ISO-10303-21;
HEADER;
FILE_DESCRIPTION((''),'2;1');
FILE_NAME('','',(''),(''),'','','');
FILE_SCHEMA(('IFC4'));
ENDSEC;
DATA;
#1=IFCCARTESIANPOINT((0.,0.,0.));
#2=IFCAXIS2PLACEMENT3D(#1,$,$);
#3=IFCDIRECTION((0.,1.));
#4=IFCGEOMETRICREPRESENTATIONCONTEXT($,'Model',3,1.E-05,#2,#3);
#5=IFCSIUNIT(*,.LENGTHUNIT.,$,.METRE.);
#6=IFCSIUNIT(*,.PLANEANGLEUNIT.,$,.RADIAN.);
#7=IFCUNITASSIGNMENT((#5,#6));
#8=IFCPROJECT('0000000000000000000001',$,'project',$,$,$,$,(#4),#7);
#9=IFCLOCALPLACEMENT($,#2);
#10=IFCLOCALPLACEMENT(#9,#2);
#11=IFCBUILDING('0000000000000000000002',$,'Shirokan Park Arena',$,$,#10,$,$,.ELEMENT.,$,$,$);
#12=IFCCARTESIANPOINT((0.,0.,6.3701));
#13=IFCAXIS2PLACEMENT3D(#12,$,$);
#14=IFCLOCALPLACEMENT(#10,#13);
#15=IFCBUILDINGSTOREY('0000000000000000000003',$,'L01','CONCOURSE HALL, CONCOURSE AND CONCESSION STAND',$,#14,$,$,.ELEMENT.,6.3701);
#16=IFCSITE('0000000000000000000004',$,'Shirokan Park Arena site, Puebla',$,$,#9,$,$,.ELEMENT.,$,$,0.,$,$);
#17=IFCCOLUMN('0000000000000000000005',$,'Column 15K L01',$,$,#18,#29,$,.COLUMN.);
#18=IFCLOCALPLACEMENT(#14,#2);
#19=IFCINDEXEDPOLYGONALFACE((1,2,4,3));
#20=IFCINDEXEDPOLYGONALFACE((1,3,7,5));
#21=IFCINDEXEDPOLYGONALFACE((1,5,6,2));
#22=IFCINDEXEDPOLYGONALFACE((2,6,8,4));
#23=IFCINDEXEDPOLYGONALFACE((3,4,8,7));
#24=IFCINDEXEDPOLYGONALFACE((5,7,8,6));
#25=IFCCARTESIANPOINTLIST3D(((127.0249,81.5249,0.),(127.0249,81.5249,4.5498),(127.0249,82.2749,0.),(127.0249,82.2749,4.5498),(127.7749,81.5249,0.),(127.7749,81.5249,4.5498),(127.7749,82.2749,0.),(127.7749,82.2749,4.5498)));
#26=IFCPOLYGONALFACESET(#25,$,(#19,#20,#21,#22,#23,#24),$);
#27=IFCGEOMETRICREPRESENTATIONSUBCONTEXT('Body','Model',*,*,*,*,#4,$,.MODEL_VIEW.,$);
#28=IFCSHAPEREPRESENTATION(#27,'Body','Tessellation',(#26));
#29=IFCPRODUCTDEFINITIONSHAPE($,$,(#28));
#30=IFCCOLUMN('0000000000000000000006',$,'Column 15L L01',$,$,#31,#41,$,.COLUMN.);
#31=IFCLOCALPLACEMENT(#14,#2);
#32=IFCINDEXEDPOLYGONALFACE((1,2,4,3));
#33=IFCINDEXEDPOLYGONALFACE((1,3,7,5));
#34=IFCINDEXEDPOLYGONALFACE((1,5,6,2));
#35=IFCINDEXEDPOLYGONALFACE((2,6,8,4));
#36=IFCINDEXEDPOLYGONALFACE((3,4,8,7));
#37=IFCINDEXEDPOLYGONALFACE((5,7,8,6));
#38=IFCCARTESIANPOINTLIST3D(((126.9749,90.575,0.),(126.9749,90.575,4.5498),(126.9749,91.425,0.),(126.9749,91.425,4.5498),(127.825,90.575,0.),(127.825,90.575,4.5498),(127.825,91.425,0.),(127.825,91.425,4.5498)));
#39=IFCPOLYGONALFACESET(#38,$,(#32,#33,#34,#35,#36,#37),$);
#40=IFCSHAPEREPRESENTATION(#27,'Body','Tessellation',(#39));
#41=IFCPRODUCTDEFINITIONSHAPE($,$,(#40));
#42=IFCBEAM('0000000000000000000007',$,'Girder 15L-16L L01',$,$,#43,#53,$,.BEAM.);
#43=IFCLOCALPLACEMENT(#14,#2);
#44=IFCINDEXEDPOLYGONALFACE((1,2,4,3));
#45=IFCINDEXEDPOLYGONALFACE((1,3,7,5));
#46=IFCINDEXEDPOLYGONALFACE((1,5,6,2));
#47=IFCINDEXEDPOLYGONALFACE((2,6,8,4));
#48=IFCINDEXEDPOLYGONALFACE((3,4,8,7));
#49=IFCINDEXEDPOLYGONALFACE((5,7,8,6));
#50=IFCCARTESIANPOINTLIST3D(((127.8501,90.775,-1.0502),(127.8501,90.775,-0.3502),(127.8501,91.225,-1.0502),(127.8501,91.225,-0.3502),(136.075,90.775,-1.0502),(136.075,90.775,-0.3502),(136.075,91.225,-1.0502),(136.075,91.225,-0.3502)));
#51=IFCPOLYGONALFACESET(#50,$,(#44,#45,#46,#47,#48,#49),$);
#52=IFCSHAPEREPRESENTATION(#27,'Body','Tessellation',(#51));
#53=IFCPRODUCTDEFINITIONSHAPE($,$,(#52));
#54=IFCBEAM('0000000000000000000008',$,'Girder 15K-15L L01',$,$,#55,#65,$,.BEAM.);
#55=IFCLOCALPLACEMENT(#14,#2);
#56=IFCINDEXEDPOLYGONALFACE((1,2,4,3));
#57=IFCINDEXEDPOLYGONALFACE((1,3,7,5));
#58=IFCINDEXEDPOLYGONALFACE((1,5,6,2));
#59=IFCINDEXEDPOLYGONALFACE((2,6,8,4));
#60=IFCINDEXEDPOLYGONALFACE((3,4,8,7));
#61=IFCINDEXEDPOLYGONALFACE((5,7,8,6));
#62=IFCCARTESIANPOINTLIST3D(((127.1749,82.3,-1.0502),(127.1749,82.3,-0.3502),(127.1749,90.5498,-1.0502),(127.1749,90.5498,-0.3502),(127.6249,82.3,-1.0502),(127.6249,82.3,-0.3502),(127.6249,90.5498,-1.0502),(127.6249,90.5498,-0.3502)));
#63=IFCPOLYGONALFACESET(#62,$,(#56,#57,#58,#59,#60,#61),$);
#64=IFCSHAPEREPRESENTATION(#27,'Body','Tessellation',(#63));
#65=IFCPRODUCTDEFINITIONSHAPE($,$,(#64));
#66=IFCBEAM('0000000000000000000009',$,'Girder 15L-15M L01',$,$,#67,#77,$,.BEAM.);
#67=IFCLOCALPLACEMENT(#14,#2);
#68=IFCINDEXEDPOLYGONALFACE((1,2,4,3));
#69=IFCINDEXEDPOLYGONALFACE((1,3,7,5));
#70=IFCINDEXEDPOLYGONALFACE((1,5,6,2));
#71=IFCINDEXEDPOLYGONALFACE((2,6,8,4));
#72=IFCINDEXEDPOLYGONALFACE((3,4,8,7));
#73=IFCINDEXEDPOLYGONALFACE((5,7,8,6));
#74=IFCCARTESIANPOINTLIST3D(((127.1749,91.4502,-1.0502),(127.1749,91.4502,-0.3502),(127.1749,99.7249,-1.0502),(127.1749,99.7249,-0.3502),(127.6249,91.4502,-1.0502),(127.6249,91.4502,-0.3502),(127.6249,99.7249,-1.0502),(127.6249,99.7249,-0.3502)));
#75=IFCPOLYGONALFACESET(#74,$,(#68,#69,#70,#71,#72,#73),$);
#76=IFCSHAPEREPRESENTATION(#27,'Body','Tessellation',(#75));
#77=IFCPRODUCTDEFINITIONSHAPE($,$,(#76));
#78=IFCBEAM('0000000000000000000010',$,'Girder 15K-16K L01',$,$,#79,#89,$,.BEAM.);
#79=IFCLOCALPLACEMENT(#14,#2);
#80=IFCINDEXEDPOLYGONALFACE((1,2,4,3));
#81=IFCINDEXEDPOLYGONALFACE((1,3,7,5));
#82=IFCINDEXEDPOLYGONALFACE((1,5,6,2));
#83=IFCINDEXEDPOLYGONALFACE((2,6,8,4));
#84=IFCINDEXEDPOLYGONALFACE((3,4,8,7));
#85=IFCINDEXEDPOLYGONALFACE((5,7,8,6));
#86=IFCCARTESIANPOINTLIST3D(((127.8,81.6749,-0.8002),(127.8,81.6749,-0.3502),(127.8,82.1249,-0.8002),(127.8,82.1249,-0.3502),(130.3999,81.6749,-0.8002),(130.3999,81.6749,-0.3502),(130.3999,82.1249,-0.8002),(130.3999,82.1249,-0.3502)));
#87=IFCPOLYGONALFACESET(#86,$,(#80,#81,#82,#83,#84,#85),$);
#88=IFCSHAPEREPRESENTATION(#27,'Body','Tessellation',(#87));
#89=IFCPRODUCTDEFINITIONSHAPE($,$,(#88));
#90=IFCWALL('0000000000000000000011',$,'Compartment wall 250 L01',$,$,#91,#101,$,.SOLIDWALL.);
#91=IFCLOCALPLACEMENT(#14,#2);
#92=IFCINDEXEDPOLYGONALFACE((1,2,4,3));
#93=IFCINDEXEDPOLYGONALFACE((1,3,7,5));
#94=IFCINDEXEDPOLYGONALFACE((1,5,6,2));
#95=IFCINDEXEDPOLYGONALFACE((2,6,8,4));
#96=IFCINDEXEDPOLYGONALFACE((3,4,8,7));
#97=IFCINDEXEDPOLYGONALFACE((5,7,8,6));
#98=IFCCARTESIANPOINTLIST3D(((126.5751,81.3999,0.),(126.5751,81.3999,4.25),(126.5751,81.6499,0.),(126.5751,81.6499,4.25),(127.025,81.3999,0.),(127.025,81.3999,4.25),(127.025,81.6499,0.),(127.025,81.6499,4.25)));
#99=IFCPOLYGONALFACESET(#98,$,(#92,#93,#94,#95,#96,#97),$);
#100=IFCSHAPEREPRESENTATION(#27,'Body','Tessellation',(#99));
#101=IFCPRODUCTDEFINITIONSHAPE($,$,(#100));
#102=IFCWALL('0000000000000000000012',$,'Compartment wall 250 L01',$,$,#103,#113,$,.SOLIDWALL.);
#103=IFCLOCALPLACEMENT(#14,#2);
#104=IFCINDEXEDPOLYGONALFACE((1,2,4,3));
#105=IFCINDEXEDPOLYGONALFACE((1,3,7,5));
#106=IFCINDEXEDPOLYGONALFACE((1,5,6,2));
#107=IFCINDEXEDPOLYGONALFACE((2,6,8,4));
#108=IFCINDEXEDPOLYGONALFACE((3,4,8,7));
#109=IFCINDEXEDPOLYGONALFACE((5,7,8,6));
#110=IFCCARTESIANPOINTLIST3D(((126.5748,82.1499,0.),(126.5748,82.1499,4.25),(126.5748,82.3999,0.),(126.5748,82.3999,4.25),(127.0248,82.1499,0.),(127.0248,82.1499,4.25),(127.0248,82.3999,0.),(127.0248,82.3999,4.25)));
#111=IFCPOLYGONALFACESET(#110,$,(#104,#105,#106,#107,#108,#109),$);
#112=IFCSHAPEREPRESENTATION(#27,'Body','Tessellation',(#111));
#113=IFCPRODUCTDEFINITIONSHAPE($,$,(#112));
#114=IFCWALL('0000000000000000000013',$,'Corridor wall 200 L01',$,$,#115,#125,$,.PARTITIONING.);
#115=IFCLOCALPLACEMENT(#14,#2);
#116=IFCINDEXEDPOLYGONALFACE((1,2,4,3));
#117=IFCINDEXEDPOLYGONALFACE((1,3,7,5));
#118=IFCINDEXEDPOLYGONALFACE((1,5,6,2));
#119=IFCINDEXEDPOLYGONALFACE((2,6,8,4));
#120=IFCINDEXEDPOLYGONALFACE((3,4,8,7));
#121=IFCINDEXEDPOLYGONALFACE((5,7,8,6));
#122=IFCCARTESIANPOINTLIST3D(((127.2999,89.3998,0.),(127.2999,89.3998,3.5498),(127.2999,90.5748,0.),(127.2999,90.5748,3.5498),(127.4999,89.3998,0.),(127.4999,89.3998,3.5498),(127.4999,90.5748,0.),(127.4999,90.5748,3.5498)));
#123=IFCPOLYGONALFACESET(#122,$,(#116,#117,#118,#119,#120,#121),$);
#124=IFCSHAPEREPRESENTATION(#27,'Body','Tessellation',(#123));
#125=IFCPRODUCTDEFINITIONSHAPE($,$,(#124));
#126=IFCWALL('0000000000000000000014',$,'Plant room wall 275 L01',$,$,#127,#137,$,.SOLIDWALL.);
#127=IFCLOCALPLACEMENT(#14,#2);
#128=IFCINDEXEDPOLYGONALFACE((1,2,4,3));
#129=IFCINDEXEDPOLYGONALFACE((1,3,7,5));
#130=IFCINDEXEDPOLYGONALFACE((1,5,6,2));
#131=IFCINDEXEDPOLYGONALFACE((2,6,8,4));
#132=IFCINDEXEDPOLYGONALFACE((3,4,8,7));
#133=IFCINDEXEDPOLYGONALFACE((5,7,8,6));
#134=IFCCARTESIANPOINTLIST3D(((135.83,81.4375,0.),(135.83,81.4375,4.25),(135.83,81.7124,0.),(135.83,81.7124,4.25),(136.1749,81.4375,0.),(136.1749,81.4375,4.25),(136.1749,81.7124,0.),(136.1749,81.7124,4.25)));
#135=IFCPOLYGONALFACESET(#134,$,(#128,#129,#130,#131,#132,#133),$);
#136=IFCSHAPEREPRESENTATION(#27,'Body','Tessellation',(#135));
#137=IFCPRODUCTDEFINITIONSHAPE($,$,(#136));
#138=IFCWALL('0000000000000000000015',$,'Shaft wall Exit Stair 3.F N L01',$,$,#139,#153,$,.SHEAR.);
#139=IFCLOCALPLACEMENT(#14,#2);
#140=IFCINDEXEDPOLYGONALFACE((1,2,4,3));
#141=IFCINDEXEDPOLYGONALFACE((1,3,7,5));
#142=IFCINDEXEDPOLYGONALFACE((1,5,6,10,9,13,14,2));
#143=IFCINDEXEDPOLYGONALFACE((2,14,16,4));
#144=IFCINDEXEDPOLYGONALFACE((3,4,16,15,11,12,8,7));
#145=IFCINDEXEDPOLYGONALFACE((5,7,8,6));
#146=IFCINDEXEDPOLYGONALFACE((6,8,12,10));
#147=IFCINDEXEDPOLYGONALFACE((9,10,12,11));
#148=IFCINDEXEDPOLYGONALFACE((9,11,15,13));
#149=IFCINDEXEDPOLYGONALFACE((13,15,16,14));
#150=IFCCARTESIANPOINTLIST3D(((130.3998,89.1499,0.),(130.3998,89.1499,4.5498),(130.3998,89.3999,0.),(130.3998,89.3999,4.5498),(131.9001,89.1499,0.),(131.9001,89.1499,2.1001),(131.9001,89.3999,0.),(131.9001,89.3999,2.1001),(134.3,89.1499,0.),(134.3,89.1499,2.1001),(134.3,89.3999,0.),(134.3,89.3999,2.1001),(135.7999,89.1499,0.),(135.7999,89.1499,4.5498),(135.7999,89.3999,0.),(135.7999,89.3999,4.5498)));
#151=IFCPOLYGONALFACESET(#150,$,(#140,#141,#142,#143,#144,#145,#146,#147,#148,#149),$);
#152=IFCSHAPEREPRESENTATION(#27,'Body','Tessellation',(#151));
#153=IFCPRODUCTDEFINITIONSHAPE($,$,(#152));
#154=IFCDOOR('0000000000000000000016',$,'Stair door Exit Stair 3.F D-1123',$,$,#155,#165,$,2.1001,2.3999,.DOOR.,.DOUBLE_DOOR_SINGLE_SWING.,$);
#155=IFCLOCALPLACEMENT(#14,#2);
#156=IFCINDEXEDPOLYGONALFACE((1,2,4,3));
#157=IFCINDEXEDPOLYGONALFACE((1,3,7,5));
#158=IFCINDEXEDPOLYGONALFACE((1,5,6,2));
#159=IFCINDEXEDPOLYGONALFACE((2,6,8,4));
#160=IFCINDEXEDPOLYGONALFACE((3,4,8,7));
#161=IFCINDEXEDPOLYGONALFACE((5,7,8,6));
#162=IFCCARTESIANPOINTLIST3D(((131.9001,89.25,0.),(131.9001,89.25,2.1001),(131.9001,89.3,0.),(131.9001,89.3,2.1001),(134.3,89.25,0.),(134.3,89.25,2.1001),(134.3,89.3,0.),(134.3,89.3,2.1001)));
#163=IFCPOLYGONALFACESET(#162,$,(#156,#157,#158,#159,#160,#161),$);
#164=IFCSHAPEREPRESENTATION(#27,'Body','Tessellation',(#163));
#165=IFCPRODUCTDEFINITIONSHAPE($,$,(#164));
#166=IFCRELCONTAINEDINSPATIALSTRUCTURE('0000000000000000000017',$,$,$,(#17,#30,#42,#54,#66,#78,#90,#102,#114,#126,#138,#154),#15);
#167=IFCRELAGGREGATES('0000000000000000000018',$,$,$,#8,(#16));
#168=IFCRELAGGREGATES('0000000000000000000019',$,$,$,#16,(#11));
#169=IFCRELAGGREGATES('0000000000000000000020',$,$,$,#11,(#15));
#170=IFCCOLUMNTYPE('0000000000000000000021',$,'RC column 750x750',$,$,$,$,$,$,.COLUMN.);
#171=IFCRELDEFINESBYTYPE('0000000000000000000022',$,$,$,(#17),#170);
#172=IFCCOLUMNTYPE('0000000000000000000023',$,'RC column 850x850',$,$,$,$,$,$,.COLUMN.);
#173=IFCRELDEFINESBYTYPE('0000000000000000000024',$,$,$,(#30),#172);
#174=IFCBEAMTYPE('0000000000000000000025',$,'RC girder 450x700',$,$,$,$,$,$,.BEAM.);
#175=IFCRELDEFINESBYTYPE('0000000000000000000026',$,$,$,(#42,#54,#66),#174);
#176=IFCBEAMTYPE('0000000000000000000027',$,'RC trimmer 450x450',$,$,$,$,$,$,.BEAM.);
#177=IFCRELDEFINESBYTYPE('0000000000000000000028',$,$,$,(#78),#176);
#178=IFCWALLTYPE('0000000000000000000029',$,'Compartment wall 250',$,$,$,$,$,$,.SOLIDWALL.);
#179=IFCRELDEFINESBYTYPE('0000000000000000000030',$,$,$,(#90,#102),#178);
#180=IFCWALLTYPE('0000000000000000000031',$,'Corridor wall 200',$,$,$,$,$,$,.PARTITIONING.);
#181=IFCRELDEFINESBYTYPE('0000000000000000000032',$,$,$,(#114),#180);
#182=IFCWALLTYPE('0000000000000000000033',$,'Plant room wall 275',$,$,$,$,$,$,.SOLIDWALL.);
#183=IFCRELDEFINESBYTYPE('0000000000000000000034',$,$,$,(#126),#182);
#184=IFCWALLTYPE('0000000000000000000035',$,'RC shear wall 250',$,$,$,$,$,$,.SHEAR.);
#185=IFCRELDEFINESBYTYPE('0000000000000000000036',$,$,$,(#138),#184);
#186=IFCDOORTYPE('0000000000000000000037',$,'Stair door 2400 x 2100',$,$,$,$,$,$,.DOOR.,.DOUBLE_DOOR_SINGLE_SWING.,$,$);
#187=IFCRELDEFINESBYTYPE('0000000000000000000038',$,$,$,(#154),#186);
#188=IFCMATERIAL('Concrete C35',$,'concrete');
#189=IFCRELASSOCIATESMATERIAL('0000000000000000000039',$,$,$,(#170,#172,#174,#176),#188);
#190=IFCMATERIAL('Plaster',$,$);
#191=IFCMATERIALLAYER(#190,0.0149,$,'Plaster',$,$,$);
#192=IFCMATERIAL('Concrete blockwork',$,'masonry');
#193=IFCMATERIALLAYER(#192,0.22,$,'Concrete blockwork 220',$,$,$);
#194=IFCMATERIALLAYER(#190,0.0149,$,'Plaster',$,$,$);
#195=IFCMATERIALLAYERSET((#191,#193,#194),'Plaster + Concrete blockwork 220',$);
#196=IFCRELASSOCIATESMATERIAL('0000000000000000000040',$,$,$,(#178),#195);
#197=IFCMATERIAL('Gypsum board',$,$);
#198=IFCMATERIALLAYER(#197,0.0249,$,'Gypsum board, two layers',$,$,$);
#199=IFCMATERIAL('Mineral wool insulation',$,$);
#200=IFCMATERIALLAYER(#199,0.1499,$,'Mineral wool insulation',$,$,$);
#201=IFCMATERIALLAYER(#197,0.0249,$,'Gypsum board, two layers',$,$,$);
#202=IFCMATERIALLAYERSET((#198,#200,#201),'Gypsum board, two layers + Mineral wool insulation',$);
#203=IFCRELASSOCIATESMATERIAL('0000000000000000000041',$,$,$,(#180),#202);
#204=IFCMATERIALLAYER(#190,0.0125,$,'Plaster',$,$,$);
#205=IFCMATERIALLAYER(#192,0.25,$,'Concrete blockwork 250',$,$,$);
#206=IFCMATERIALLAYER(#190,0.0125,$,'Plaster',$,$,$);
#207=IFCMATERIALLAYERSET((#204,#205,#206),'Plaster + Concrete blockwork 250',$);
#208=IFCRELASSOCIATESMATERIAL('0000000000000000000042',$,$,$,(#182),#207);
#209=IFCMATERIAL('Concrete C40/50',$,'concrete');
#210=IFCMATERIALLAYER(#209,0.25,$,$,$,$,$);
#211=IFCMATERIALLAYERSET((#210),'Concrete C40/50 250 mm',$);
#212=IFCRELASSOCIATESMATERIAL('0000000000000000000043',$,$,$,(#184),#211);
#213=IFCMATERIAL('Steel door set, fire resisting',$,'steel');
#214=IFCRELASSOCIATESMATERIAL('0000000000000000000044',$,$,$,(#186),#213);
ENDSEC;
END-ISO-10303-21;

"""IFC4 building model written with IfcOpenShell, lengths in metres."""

from ifc_helpers import new_model, si_unit, direction, frame, frame_2d, origin, origin_2d, place, context, subcontext, project, spatial, rectangle, extrude, material, layer, layer_set, material_profile, profile_set, type_object, element, fill, save


model = new_model("IFC4")

# Units and contexts
model_context = context("Model", 3, precision=1e-05, world=origin(), true_north=direction((0.0, 1.0)))
body_context = subcontext(model_context, "Body", "Model", "MODEL_VIEW")
ifc_project = project(units=[si_unit("LENGTHUNIT", "METRE"), si_unit("PLANEANGLEUNIT", "RADIAN")], contexts=[model_context])

# Site, building, storey
site_placement = place(None, origin())
site = spatial("IfcSite", under=ifc_project, at=site_placement, Name="Shirokan Park Arena site, Puebla", CompositionType="ELEMENT", RefElevation=0.0)
building_placement = place(site_placement, origin())
building = spatial("IfcBuilding", under=site, at=building_placement, Name="Shirokan Park Arena", CompositionType="ELEMENT")
storey_placement = place(building_placement, frame((0.0, 0.0, 6.3701)))
storey = spatial("IfcBuildingStorey", under=building, at=storey_placement, Name="L01", Description="CONCOURSE HALL, CONCOURSE AND CONCESSION STAND", CompositionType="ELEMENT", Elevation=6.3701)

# Columns
ifc_material_1 = material(Name="Concrete C35", Category="concrete")
ifc_material_profile_1 = material_profile(ifc_material_1, rectangle(XDim=0.75, YDim=0.75, at=origin_2d()), Name="750x750")
ifc_profile_set_1 = profile_set([ifc_material_profile_1], Name="Concrete C35")
column_type_1 = type_object("IfcColumnType", Name="RC column 750x750", PredefinedType="COLUMN", material=ifc_profile_set_1)
column_1_placement = place(storey_placement, frame((127.3999, 81.8999, 0.0), z_axis=(0.0, 0.0, 1.0), x_axis=(1.0, 0.0, 0.0)))
element("IfcColumn", 1, at=column_1_placement, inside=storey, type_object=column_type_1, Name="Column 15K L01", PredefinedType="COLUMN", context=body_context, shape_type="SweptSolid", body=[
    extrude(rectangle(XDim=0.75, YDim=0.75, at=origin_2d()), origin(), (0.0, 0.0, 1.0), 4.5498),
])
ifc_material_profile_2 = material_profile(ifc_material_1, rectangle(XDim=0.8501, YDim=0.8501, at=origin_2d()), Name="850x850")
ifc_profile_set_2 = profile_set([ifc_material_profile_2], Name="Concrete C35")
column_type_2 = type_object("IfcColumnType", Name="RC column 850x850", PredefinedType="COLUMN", material=ifc_profile_set_2)
column_2_placement = place(storey_placement, frame((127.3999, 91.0, 0.0), z_axis=(0.0, 0.0, 1.0), x_axis=(1.0, 0.0, 0.0)))
element("IfcColumn", 2, at=column_2_placement, inside=storey, type_object=column_type_2, Name="Column 15L L01", PredefinedType="COLUMN", context=body_context, shape_type="SweptSolid", body=[
    extrude(rectangle(XDim=0.8501, YDim=0.8501, at=origin_2d()), origin(), (0.0, 0.0, 1.0), 4.5498),
])

# Beams
ifc_material_profile_3 = material_profile(ifc_material_1, rectangle(XDim=0.45, YDim=0.7, at=origin_2d()), Name="450x700")
ifc_profile_set_3 = profile_set([ifc_material_profile_3], Name="Concrete C35")
beam_type_1 = type_object("IfcBeamType", Name="RC girder 450x700", PredefinedType="BEAM", material=ifc_profile_set_3)
beam_1_placement = place(storey_placement, frame((127.8501, 91.0, -0.7002), z_axis=(1.0, 0.0, 0.0), x_axis=(0.0, 1.0, 0.0)))
element("IfcBeam", 3, at=beam_1_placement, inside=storey, type_object=beam_type_1, Name="Girder 15L-16L L01", PredefinedType="BEAM", context=body_context, shape_type="SweptSolid", body=[
    extrude(rectangle(XDim=0.45, YDim=0.7, at=origin_2d()), origin(), (0.0, 0.0, 1.0), 8.2249),
])
beam_2_placement = place(storey_placement, frame((127.3999, 82.3, -0.7002), z_axis=(0.0, 1.0, 0.0), x_axis=(-1.0, 0.0, 0.0)))
element("IfcBeam", 4, at=beam_2_placement, inside=storey, type_object=beam_type_1, Name="Girder 15K-15L L01", PredefinedType="BEAM", context=body_context, shape_type="SweptSolid", body=[
    extrude(rectangle(XDim=0.45, YDim=0.7, at=origin_2d()), origin(), (0.0, 0.0, 1.0), 8.2498),
])
beam_3_placement = place(storey_placement, frame((127.3999, 91.4502, -0.7002), z_axis=(0.0, 1.0, 0.0), x_axis=(-1.0, 0.0, 0.0)))
element("IfcBeam", 5, at=beam_3_placement, inside=storey, type_object=beam_type_1, Name="Girder 15L-15M L01", PredefinedType="BEAM", context=body_context, shape_type="SweptSolid", body=[
    extrude(rectangle(XDim=0.45, YDim=0.7, at=origin_2d()), origin(), (0.0, 0.0, 1.0), 8.2747),
])
ifc_material_profile_4 = material_profile(ifc_material_1, rectangle(XDim=0.45, YDim=0.45, at=origin_2d()), Name="450x450")
ifc_profile_set_4 = profile_set([ifc_material_profile_4], Name="Concrete C35")
beam_type_2 = type_object("IfcBeamType", Name="RC trimmer 450x450", PredefinedType="BEAM", material=ifc_profile_set_4)
beam_4_placement = place(storey_placement, frame((127.8, 81.8999, -0.5752), z_axis=(1.0, 0.0, 0.0), x_axis=(0.0, 1.0, 0.0)))
element("IfcBeam", 6, at=beam_4_placement, inside=storey, type_object=beam_type_2, Name="Girder 15K-16K L01", PredefinedType="BEAM", context=body_context, shape_type="SweptSolid", body=[
    extrude(rectangle(XDim=0.45, YDim=0.45, at=origin_2d()), origin(), (0.0, 0.0, 1.0), 2.5999),
])

# Walls
ifc_material_2 = material(Name="Plaster")
ifc_layer_1 = layer(ifc_material_2, 0.0149, Name="Plaster")
ifc_material_3 = material(Name="Concrete blockwork", Category="masonry")
ifc_layer_2 = layer(ifc_material_3, 0.22, Name="Concrete blockwork 220")
ifc_layer_3 = layer(ifc_material_2, 0.0149, Name="Plaster")
ifc_layer_set_1 = layer_set([ifc_layer_1, ifc_layer_2, ifc_layer_3], Name="Plaster + Concrete blockwork 220")
wall_type_1 = type_object("IfcWallType", Name="Compartment wall 250", PredefinedType="SOLIDWALL", material=ifc_layer_set_1)
for number, where, z_axis, x_axis, name in (
    (7, (126.575, 81.5249, 0.0), (0.0, 0.0, 1.0), (1.0, 0.0, 0.0), "Compartment wall 250 L01"),
    (8, (127.0249, 82.2749, 0.0), (0.0, 0.0, 1.0), (-1.0, 0.0, 0.0), "Compartment wall 250 L01"),
):
    element("IfcWall", number, at=place(storey_placement, frame(where, z_axis=z_axis, x_axis=x_axis)), inside=storey, type_object=wall_type_1, Name=name, PredefinedType="SOLIDWALL", context=body_context, shape_type="SweptSolid", body=[
        extrude(rectangle(XDim=0.45, YDim=0.25, at=frame_2d((0.2251, 0.0))), origin(), (0.0, 0.0, 1.0), 4.25),
    ])

# Shared definitions
ifc_material_4 = material(Name="Gypsum board")
ifc_layer_4 = layer(ifc_material_4, 0.0249, Name="Gypsum board, two layers")
ifc_material_5 = material(Name="Mineral wool insulation")
ifc_layer_5 = layer(ifc_material_5, 0.1499, Name="Mineral wool insulation")
ifc_layer_6 = layer(ifc_material_4, 0.0249, Name="Gypsum board, two layers")
ifc_layer_set_2 = layer_set([ifc_layer_4, ifc_layer_5, ifc_layer_6], Name="Gypsum board, two layers + Mineral wool insulation")
wall_type_2 = type_object("IfcWallType", Name="Corridor wall 200", PredefinedType="PARTITIONING", material=ifc_layer_set_2)

# Wall
wall_1_placement = place(storey_placement, frame((127.3999, 89.3999, 0.0), z_axis=(0.0, 0.0, 1.0), x_axis=(0.0, 1.0, 0.0)))
element("IfcWall", 9, at=wall_1_placement, inside=storey, type_object=wall_type_2, Name="Corridor wall 200 L01", PredefinedType="PARTITIONING", context=body_context, shape_type="SweptSolid", body=[
    extrude(rectangle(XDim=1.175, YDim=0.2, at=frame_2d((0.5874, 0.0))), origin(), (0.0, 0.0, 1.0), 3.5498),
])

# Wall
ifc_layer_7 = layer(ifc_material_2, 0.0125, Name="Plaster")
ifc_layer_8 = layer(ifc_material_3, 0.25, Name="Concrete blockwork 250")
ifc_layer_9 = layer(ifc_material_2, 0.0125, Name="Plaster")
ifc_layer_set_3 = layer_set([ifc_layer_7, ifc_layer_8, ifc_layer_9], Name="Plaster + Concrete blockwork 250")
wall_type_3 = type_object("IfcWallType", Name="Plant room wall 275", PredefinedType="SOLIDWALL", material=ifc_layer_set_3)
wall_2_placement = place(storey_placement, frame((135.8301, 81.575, 0.0), z_axis=(0.0, 0.0, 1.0), x_axis=(1.0, 0.0, 0.0)))
element("IfcWall", 10, at=wall_2_placement, inside=storey, type_object=wall_type_3, Name="Plant room wall 275 L01", PredefinedType="SOLIDWALL", context=body_context, shape_type="SweptSolid", body=[
    extrude(rectangle(XDim=0.345, YDim=0.2749, at=frame_2d((0.1724, 0.0))), origin(), (0.0, 0.0, 1.0), 4.25),
])

# Wall, opening, door
ifc_material_6 = material(Name="Concrete C40/50", Category="concrete")
ifc_layer_10 = layer(ifc_material_6, 0.25)
ifc_layer_set_4 = layer_set([ifc_layer_10], Name="Concrete C40/50 250 mm")
wall_type_4 = type_object("IfcWallType", Name="RC shear wall 250", PredefinedType="SHEAR", material=ifc_layer_set_4)
wall_3_placement = place(storey_placement, frame((135.8, 89.2749, 0.0), z_axis=(0.0, 0.0, 1.0), x_axis=(-1.0, 0.0, 0.0)))
wall_3 = element("IfcWall", 11, at=wall_3_placement, inside=storey, type_object=wall_type_4, Name="Shaft wall Exit Stair 3.F N L01", PredefinedType="SHEAR", context=body_context, shape_type="SweptSolid", body=[
    extrude(rectangle(XDim=5.4001, YDim=0.25, at=frame_2d((2.7002, 0.0))), origin(), (0.0, 0.0, 1.0), 4.5498),
])
opening_1_placement = place(wall_3_placement, frame((1.5, 0.0, 0.0)))
opening_1 = element("IfcOpeningElement", 12, at=opening_1_placement, cuts=wall_3, PredefinedType="OPENING", context=body_context, shape_type="SweptSolid", body=[
    extrude(rectangle(XDim=2.3999, YDim=2.1001, at=frame_2d((1.2, 1.05))), frame((0.0, 0.135, 0.0), z_axis=(0.0, -1.0, 0.0), x_axis=(1.0, 0.0, 0.0)), (0.0, 0.0, 1.0), 0.27),
])
ifc_material_7 = material(Name="Steel door set, fire resisting", Category="steel")
door_type_1 = type_object("IfcDoorType", Name="Stair door 2400 x 2100", OperationType="DOUBLE_DOOR_SINGLE_SWING", PredefinedType="DOOR", material=ifc_material_7)
door_1_placement = place(opening_1_placement, origin())
door_1 = element("IfcDoor", 13, at=door_1_placement, inside=storey, type_object=door_type_1, Name="Stair door Exit Stair 3.F D-1123", OperationType="DOUBLE_DOOR_SINGLE_SWING", OverallHeight=2.1001, OverallWidth=2.3999, PredefinedType="DOOR", context=body_context, shape_type="SweptSolid", body=[
    extrude(rectangle(XDim=2.3999, YDim=2.1001, at=frame_2d((1.2, 1.05))), frame((0.0, 0.0249, 0.0), z_axis=(0.0, -1.0, 0.0), x_axis=(1.0, 0.0, 0.0)), (0.0, 0.0, 1.0), 0.05),
])
fill(opening_1, door_1)

save(model, "model.ifc")
